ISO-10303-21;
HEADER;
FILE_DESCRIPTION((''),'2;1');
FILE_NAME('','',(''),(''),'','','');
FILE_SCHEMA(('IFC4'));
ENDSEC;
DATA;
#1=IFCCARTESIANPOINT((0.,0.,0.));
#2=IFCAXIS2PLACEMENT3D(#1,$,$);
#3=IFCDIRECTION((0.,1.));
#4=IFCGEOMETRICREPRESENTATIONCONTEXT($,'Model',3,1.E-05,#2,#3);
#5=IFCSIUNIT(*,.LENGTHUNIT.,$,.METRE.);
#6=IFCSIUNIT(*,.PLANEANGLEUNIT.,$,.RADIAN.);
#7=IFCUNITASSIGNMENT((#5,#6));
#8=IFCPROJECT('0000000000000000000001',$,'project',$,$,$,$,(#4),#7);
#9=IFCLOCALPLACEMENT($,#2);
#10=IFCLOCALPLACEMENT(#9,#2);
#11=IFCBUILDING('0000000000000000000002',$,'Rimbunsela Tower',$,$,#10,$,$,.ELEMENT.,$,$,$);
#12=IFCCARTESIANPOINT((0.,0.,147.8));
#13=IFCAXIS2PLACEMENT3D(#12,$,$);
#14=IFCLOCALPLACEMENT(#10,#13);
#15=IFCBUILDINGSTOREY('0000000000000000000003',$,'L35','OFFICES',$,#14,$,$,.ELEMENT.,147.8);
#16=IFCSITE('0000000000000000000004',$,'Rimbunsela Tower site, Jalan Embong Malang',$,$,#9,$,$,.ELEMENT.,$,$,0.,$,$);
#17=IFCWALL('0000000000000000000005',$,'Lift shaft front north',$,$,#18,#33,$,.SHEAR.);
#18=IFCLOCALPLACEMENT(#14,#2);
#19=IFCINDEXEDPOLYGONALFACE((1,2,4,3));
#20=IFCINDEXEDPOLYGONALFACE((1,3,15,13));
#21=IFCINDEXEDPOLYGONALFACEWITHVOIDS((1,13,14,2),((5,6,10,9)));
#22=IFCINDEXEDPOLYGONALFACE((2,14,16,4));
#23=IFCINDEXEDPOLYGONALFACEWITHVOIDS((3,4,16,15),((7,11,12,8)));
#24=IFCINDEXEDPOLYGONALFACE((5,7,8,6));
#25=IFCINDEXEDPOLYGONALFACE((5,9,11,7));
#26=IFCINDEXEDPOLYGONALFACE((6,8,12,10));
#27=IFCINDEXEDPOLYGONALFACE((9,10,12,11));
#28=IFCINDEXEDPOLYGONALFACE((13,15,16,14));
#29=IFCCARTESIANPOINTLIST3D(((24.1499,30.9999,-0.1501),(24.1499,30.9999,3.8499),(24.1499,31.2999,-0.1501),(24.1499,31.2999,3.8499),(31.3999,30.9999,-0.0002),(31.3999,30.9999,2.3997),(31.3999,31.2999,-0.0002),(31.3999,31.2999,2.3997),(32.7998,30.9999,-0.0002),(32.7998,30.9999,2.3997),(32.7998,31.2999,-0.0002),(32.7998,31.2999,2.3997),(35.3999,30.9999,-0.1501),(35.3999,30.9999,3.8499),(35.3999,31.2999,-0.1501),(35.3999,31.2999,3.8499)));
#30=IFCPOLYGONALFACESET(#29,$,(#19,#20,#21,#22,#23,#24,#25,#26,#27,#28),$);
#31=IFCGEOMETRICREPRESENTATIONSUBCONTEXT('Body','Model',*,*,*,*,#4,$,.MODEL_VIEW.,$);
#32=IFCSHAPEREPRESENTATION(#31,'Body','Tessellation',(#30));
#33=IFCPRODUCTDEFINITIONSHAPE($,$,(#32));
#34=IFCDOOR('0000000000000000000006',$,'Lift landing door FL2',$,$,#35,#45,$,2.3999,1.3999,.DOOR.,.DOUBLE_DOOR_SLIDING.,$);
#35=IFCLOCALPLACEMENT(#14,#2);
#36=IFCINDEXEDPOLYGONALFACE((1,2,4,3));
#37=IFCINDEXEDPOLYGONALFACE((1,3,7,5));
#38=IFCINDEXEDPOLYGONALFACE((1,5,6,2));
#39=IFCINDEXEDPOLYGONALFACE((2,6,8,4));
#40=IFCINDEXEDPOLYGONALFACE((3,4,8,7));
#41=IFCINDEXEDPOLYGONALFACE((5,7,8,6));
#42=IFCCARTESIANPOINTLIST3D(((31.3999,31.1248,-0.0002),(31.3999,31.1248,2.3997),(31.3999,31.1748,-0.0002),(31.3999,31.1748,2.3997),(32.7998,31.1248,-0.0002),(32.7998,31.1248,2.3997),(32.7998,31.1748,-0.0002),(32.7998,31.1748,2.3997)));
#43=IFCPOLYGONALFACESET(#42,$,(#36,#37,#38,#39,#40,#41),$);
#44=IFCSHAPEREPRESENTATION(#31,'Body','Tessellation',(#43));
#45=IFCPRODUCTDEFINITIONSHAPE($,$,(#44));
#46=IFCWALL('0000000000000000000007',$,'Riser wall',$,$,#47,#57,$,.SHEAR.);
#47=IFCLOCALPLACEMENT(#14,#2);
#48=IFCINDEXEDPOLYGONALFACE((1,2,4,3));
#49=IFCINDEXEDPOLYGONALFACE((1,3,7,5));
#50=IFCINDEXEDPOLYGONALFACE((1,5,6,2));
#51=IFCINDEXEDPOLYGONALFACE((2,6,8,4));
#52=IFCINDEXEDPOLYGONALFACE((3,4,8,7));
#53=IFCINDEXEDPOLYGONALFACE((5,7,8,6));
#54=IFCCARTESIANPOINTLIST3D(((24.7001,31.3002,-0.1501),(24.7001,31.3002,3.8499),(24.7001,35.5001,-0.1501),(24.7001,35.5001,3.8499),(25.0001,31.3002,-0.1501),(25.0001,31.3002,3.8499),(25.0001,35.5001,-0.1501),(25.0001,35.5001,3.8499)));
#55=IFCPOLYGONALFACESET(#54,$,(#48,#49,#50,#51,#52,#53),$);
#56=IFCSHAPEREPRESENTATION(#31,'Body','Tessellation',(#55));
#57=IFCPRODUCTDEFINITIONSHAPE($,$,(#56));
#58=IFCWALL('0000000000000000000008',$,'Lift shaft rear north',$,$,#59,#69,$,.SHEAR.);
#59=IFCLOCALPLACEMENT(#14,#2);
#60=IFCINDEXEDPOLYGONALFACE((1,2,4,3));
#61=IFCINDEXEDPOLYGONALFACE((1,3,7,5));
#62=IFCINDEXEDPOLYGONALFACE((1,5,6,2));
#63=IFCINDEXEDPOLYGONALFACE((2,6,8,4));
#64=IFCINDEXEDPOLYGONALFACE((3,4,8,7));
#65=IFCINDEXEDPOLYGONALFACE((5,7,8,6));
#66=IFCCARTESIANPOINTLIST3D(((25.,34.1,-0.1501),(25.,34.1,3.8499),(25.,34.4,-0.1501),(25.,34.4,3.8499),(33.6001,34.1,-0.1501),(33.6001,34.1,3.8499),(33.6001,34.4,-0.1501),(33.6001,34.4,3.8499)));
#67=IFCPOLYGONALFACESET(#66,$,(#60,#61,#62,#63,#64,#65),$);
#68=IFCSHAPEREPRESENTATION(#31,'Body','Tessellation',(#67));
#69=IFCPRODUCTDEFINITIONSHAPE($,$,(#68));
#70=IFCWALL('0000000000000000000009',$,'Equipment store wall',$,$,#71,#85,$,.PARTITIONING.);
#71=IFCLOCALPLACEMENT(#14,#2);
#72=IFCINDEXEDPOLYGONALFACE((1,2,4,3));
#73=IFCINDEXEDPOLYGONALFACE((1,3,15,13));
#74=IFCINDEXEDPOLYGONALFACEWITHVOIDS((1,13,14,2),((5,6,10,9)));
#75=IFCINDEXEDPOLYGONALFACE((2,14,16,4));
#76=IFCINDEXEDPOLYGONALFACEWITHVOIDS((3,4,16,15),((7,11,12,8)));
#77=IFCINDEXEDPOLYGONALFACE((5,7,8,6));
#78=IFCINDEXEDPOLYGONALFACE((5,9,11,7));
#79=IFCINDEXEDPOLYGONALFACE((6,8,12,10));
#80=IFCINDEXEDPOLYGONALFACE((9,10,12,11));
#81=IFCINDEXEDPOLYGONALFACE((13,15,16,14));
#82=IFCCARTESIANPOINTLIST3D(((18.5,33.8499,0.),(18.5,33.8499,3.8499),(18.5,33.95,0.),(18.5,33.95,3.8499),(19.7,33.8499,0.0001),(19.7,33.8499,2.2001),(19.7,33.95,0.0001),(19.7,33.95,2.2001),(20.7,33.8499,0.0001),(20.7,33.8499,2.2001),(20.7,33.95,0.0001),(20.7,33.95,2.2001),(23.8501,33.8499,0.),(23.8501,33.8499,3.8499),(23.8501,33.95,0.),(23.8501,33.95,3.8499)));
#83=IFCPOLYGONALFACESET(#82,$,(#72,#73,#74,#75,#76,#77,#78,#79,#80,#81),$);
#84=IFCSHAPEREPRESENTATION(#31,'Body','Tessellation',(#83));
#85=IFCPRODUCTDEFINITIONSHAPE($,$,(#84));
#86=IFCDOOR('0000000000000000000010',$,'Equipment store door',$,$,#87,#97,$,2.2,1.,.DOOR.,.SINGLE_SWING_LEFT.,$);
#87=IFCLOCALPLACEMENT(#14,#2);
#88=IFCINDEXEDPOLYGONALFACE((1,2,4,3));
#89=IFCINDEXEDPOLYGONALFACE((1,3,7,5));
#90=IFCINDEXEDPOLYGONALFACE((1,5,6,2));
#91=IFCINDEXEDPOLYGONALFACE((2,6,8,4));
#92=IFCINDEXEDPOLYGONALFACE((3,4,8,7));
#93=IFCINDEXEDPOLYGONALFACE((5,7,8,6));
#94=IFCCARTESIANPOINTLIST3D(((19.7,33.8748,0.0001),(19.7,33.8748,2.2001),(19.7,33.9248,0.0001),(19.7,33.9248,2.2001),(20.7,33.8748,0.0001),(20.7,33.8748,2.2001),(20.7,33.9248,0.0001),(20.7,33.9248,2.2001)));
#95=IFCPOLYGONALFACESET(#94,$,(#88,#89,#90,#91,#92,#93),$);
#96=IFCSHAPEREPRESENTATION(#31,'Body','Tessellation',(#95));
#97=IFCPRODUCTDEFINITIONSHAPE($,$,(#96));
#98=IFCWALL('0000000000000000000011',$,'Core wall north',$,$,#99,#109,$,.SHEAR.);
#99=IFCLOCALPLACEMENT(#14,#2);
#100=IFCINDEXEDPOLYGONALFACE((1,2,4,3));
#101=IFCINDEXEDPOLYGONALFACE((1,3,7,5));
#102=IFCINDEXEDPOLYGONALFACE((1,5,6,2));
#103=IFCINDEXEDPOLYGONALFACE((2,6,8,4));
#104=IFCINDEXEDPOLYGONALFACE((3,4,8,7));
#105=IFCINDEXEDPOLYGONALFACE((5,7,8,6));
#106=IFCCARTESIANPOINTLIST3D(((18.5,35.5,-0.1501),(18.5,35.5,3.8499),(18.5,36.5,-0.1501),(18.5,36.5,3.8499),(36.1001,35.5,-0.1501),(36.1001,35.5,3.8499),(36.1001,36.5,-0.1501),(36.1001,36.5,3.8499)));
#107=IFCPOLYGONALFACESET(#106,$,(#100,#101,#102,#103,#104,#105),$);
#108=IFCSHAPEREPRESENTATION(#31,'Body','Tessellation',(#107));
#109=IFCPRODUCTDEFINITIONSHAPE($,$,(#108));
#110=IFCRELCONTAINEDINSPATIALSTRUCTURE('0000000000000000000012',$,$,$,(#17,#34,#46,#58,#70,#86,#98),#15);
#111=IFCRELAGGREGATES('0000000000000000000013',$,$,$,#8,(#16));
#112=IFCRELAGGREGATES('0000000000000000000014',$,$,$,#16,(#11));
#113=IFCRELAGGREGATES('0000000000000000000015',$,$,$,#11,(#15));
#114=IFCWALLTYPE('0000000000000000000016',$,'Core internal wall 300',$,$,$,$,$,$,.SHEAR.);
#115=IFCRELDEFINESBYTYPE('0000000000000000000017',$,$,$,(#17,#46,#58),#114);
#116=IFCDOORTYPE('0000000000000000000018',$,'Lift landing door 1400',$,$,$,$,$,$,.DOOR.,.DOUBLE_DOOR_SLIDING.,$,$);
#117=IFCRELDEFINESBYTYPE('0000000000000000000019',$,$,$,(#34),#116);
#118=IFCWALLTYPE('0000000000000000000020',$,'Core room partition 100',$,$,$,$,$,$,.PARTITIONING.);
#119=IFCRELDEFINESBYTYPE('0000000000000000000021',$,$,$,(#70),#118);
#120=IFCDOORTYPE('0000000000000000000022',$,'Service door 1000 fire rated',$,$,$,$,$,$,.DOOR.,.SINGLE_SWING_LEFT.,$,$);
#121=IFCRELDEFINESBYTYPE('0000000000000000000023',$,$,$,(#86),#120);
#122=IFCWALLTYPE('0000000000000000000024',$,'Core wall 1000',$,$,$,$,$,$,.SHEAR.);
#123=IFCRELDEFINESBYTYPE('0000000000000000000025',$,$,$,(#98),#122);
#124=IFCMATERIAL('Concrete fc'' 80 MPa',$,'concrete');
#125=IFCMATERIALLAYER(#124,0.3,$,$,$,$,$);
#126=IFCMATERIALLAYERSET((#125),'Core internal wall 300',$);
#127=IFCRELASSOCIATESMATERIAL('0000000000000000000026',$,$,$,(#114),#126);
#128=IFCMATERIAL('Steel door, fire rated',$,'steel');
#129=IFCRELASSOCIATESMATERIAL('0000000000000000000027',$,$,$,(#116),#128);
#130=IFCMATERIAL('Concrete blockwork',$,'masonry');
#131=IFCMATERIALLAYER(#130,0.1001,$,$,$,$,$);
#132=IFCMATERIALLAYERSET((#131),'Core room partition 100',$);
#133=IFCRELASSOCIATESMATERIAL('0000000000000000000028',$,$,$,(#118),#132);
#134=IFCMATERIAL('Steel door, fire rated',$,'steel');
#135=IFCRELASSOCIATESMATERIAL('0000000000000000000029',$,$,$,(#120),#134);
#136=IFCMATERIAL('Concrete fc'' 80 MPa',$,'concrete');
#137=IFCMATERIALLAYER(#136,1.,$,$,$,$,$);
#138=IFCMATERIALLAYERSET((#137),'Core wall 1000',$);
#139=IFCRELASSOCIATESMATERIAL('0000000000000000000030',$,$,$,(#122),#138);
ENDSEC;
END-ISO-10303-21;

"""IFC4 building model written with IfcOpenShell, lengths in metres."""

from ifc_helpers import new_model, si_unit, direction, frame, frame_2d, origin, place, context, subcontext, project, spatial, rectangle, extrude, material, layer, layer_set, type_object, element, fill, save


model = new_model("IFC4")

# Units and contexts
model_context = context("Model", 3, precision=1e-05, world=origin(), true_north=direction((0.0, 1.0)))
body_context = subcontext(model_context, "Body", "Model", "MODEL_VIEW")
ifc_project = project(units=[si_unit("LENGTHUNIT", "METRE"), si_unit("PLANEANGLEUNIT", "RADIAN")], contexts=[model_context])

# Site, building, storey
site_placement = place(None, origin())
site = spatial("IfcSite", under=ifc_project, at=site_placement, Name="Rimbunsela Tower site, Jalan Embong Malang", CompositionType="ELEMENT", RefElevation=0.0)
building_placement = place(site_placement, origin())
building = spatial("IfcBuilding", under=site, at=building_placement, Name="Rimbunsela Tower", CompositionType="ELEMENT")
storey_placement = place(building_placement, frame((0.0, 0.0, 147.8)))
storey = spatial("IfcBuildingStorey", under=building, at=storey_placement, Name="L35", Description="OFFICES", CompositionType="ELEMENT", Elevation=147.8)

# Wall, opening, door
ifc_material_1 = material(Name="Concrete fc' 80 MPa", Category="concrete")
ifc_layer_1 = layer(ifc_material_1, 0.3)
ifc_layer_set_1 = layer_set([ifc_layer_1], Name="Core internal wall 300")
wall_type_1 = type_object("IfcWallType", Name="Core internal wall 300", PredefinedType="SHEAR", material=ifc_layer_set_1)
wall_1_placement = place(storey_placement, frame((24.1499, 31.1499, -0.1501), z_axis=(0.0, 0.0, 1.0), x_axis=(1.0, 0.0, 0.0)))
wall_1 = element("IfcWall", 1, at=wall_1_placement, inside=storey, type_object=wall_type_1, Name="Lift shaft front north", PredefinedType="SHEAR", context=body_context, shape_type="SweptSolid", body=[
    extrude(rectangle(XDim=11.25, YDim=0.3, at=frame_2d((5.625, 0.0))), origin(), (0.0, 0.0, 1.0), 4.0),
])
opening_1_placement = place(wall_1_placement, frame((7.25, 0.0, 0.1499)))
opening_1 = element("IfcOpeningElement", 2, at=opening_1_placement, cuts=wall_1, PredefinedType="OPENING", context=body_context, shape_type="SweptSolid", body=[
    extrude(rectangle(XDim=1.3999, YDim=2.3999, at=frame_2d((0.7, 1.2))), frame((0.0, 0.1599, 0.0), z_axis=(0.0, -1.0, 0.0), x_axis=(1.0, 0.0, 0.0)), (0.0, 0.0, 1.0), 0.3201),
])
ifc_material_2 = material(Name="Steel door, fire rated", Category="steel")
door_type_1 = type_object("IfcDoorType", Name="Lift landing door 1400", OperationType="DOUBLE_DOOR_SLIDING", PredefinedType="DOOR", material=ifc_material_2)
door_1_placement = place(opening_1_placement, origin())
door_1 = element("IfcDoor", 3, at=door_1_placement, inside=storey, type_object=door_type_1, Name="Lift landing door FL2", OperationType="DOUBLE_DOOR_SLIDING", OverallHeight=2.3999, OverallWidth=1.3999, PredefinedType="DOOR", context=body_context, shape_type="SweptSolid", body=[
    extrude(rectangle(XDim=1.3999, YDim=2.3999, at=frame_2d((0.7, 1.2))), frame((0.0, 0.0249, 0.0), z_axis=(0.0, -1.0, 0.0), x_axis=(1.0, 0.0, 0.0)), (0.0, 0.0, 1.0), 0.05),
])
fill(opening_1, door_1)

# Walls
wall_2_placement = place(storey_placement, frame((24.8501, 31.3, -0.1501), z_axis=(0.0, 0.0, 1.0), x_axis=(0.0, 1.0, 0.0)))
element("IfcWall", 4, at=wall_2_placement, inside=storey, type_object=wall_type_1, Name="Riser wall", PredefinedType="SHEAR", context=body_context, shape_type="SweptSolid", body=[
    extrude(rectangle(XDim=4.2, YDim=0.3, at=frame_2d((2.1001, 0.0))), origin(), (0.0, 0.0, 1.0), 4.0),
])
wall_3_placement = place(storey_placement, frame((25.0, 34.25, -0.1501), z_axis=(0.0, 0.0, 1.0), x_axis=(1.0, 0.0, 0.0)))
element("IfcWall", 5, at=wall_3_placement, inside=storey, type_object=wall_type_1, Name="Lift shaft rear north", PredefinedType="SHEAR", context=body_context, shape_type="SweptSolid", body=[
    extrude(rectangle(XDim=8.6001, YDim=0.3, at=frame_2d((4.3, 0.0))), origin(), (0.0, 0.0, 1.0), 4.0),
])

# Wall, opening, door
ifc_material_3 = material(Name="Concrete blockwork", Category="masonry")
ifc_layer_2 = layer(ifc_material_3, 0.1001)
ifc_layer_set_2 = layer_set([ifc_layer_2], Name="Core room partition 100")
wall_type_2 = type_object("IfcWallType", Name="Core room partition 100", PredefinedType="PARTITIONING", material=ifc_layer_set_2)
wall_4_placement = place(storey_placement, frame((18.5, 33.8999, 0.0), z_axis=(0.0, 0.0, 1.0), x_axis=(1.0, 0.0, 0.0)))
wall_4 = element("IfcWall", 6, at=wall_4_placement, inside=storey, type_object=wall_type_2, Name="Equipment store wall", PredefinedType="PARTITIONING", context=body_context, shape_type="SweptSolid", body=[
    extrude(rectangle(XDim=5.3501, YDim=0.1001, at=frame_2d((2.675, 0.0))), origin(), (0.0, 0.0, 1.0), 3.8499),
])
opening_2_placement = place(wall_4_placement, frame((1.2, 0.0, 0.0)))
opening_2 = element("IfcOpeningElement", 7, at=opening_2_placement, cuts=wall_4, PredefinedType="OPENING", context=body_context, shape_type="SweptSolid", body=[
    extrude(rectangle(XDim=1.0, YDim=2.2, at=frame_2d((0.5, 1.1001))), frame((0.0, 0.0601, 0.0), z_axis=(0.0, -1.0, 0.0), x_axis=(1.0, 0.0, 0.0)), (0.0, 0.0, 1.0), 0.1201),
])
ifc_material_4 = material(Name="Steel door, fire rated", Category="steel")
door_type_2 = type_object("IfcDoorType", Name="Service door 1000 fire rated", OperationType="SINGLE_SWING_LEFT", PredefinedType="DOOR", material=ifc_material_4)
door_2_placement = place(opening_2_placement, origin())
door_2 = element("IfcDoor", 8, at=door_2_placement, inside=storey, type_object=door_type_2, Name="Equipment store door", OperationType="SINGLE_SWING_LEFT", OverallHeight=2.2, OverallWidth=1.0, PredefinedType="DOOR", context=body_context, shape_type="SweptSolid", body=[
    extrude(rectangle(XDim=1.0, YDim=2.2, at=frame_2d((0.5, 1.1001))), frame((0.0, 0.0249, 0.0), z_axis=(0.0, -1.0, 0.0), x_axis=(1.0, 0.0, 0.0)), (0.0, 0.0, 1.0), 0.05),
])
fill(opening_2, door_2)

# Wall
ifc_material_5 = material(Name="Concrete fc' 80 MPa", Category="concrete")
ifc_layer_3 = layer(ifc_material_5, 1.0)
ifc_layer_set_3 = layer_set([ifc_layer_3], Name="Core wall 1000")
wall_type_3 = type_object("IfcWallType", Name="Core wall 1000", PredefinedType="SHEAR", material=ifc_layer_set_3)
wall_5_placement = place(storey_placement, frame((18.5, 36.0, -0.1501), z_axis=(0.0, 0.0, 1.0), x_axis=(1.0, 0.0, 0.0)))
element("IfcWall", 9, at=wall_5_placement, inside=storey, type_object=wall_type_3, Name="Core wall north", PredefinedType="SHEAR", context=body_context, shape_type="SweptSolid", body=[
    extrude(rectangle(XDim=17.6001, YDim=1.0, at=frame_2d((8.8, 0.0))), origin(), (0.0, 0.0, 1.0), 4.0),
])

save(model, "model.ifc")
